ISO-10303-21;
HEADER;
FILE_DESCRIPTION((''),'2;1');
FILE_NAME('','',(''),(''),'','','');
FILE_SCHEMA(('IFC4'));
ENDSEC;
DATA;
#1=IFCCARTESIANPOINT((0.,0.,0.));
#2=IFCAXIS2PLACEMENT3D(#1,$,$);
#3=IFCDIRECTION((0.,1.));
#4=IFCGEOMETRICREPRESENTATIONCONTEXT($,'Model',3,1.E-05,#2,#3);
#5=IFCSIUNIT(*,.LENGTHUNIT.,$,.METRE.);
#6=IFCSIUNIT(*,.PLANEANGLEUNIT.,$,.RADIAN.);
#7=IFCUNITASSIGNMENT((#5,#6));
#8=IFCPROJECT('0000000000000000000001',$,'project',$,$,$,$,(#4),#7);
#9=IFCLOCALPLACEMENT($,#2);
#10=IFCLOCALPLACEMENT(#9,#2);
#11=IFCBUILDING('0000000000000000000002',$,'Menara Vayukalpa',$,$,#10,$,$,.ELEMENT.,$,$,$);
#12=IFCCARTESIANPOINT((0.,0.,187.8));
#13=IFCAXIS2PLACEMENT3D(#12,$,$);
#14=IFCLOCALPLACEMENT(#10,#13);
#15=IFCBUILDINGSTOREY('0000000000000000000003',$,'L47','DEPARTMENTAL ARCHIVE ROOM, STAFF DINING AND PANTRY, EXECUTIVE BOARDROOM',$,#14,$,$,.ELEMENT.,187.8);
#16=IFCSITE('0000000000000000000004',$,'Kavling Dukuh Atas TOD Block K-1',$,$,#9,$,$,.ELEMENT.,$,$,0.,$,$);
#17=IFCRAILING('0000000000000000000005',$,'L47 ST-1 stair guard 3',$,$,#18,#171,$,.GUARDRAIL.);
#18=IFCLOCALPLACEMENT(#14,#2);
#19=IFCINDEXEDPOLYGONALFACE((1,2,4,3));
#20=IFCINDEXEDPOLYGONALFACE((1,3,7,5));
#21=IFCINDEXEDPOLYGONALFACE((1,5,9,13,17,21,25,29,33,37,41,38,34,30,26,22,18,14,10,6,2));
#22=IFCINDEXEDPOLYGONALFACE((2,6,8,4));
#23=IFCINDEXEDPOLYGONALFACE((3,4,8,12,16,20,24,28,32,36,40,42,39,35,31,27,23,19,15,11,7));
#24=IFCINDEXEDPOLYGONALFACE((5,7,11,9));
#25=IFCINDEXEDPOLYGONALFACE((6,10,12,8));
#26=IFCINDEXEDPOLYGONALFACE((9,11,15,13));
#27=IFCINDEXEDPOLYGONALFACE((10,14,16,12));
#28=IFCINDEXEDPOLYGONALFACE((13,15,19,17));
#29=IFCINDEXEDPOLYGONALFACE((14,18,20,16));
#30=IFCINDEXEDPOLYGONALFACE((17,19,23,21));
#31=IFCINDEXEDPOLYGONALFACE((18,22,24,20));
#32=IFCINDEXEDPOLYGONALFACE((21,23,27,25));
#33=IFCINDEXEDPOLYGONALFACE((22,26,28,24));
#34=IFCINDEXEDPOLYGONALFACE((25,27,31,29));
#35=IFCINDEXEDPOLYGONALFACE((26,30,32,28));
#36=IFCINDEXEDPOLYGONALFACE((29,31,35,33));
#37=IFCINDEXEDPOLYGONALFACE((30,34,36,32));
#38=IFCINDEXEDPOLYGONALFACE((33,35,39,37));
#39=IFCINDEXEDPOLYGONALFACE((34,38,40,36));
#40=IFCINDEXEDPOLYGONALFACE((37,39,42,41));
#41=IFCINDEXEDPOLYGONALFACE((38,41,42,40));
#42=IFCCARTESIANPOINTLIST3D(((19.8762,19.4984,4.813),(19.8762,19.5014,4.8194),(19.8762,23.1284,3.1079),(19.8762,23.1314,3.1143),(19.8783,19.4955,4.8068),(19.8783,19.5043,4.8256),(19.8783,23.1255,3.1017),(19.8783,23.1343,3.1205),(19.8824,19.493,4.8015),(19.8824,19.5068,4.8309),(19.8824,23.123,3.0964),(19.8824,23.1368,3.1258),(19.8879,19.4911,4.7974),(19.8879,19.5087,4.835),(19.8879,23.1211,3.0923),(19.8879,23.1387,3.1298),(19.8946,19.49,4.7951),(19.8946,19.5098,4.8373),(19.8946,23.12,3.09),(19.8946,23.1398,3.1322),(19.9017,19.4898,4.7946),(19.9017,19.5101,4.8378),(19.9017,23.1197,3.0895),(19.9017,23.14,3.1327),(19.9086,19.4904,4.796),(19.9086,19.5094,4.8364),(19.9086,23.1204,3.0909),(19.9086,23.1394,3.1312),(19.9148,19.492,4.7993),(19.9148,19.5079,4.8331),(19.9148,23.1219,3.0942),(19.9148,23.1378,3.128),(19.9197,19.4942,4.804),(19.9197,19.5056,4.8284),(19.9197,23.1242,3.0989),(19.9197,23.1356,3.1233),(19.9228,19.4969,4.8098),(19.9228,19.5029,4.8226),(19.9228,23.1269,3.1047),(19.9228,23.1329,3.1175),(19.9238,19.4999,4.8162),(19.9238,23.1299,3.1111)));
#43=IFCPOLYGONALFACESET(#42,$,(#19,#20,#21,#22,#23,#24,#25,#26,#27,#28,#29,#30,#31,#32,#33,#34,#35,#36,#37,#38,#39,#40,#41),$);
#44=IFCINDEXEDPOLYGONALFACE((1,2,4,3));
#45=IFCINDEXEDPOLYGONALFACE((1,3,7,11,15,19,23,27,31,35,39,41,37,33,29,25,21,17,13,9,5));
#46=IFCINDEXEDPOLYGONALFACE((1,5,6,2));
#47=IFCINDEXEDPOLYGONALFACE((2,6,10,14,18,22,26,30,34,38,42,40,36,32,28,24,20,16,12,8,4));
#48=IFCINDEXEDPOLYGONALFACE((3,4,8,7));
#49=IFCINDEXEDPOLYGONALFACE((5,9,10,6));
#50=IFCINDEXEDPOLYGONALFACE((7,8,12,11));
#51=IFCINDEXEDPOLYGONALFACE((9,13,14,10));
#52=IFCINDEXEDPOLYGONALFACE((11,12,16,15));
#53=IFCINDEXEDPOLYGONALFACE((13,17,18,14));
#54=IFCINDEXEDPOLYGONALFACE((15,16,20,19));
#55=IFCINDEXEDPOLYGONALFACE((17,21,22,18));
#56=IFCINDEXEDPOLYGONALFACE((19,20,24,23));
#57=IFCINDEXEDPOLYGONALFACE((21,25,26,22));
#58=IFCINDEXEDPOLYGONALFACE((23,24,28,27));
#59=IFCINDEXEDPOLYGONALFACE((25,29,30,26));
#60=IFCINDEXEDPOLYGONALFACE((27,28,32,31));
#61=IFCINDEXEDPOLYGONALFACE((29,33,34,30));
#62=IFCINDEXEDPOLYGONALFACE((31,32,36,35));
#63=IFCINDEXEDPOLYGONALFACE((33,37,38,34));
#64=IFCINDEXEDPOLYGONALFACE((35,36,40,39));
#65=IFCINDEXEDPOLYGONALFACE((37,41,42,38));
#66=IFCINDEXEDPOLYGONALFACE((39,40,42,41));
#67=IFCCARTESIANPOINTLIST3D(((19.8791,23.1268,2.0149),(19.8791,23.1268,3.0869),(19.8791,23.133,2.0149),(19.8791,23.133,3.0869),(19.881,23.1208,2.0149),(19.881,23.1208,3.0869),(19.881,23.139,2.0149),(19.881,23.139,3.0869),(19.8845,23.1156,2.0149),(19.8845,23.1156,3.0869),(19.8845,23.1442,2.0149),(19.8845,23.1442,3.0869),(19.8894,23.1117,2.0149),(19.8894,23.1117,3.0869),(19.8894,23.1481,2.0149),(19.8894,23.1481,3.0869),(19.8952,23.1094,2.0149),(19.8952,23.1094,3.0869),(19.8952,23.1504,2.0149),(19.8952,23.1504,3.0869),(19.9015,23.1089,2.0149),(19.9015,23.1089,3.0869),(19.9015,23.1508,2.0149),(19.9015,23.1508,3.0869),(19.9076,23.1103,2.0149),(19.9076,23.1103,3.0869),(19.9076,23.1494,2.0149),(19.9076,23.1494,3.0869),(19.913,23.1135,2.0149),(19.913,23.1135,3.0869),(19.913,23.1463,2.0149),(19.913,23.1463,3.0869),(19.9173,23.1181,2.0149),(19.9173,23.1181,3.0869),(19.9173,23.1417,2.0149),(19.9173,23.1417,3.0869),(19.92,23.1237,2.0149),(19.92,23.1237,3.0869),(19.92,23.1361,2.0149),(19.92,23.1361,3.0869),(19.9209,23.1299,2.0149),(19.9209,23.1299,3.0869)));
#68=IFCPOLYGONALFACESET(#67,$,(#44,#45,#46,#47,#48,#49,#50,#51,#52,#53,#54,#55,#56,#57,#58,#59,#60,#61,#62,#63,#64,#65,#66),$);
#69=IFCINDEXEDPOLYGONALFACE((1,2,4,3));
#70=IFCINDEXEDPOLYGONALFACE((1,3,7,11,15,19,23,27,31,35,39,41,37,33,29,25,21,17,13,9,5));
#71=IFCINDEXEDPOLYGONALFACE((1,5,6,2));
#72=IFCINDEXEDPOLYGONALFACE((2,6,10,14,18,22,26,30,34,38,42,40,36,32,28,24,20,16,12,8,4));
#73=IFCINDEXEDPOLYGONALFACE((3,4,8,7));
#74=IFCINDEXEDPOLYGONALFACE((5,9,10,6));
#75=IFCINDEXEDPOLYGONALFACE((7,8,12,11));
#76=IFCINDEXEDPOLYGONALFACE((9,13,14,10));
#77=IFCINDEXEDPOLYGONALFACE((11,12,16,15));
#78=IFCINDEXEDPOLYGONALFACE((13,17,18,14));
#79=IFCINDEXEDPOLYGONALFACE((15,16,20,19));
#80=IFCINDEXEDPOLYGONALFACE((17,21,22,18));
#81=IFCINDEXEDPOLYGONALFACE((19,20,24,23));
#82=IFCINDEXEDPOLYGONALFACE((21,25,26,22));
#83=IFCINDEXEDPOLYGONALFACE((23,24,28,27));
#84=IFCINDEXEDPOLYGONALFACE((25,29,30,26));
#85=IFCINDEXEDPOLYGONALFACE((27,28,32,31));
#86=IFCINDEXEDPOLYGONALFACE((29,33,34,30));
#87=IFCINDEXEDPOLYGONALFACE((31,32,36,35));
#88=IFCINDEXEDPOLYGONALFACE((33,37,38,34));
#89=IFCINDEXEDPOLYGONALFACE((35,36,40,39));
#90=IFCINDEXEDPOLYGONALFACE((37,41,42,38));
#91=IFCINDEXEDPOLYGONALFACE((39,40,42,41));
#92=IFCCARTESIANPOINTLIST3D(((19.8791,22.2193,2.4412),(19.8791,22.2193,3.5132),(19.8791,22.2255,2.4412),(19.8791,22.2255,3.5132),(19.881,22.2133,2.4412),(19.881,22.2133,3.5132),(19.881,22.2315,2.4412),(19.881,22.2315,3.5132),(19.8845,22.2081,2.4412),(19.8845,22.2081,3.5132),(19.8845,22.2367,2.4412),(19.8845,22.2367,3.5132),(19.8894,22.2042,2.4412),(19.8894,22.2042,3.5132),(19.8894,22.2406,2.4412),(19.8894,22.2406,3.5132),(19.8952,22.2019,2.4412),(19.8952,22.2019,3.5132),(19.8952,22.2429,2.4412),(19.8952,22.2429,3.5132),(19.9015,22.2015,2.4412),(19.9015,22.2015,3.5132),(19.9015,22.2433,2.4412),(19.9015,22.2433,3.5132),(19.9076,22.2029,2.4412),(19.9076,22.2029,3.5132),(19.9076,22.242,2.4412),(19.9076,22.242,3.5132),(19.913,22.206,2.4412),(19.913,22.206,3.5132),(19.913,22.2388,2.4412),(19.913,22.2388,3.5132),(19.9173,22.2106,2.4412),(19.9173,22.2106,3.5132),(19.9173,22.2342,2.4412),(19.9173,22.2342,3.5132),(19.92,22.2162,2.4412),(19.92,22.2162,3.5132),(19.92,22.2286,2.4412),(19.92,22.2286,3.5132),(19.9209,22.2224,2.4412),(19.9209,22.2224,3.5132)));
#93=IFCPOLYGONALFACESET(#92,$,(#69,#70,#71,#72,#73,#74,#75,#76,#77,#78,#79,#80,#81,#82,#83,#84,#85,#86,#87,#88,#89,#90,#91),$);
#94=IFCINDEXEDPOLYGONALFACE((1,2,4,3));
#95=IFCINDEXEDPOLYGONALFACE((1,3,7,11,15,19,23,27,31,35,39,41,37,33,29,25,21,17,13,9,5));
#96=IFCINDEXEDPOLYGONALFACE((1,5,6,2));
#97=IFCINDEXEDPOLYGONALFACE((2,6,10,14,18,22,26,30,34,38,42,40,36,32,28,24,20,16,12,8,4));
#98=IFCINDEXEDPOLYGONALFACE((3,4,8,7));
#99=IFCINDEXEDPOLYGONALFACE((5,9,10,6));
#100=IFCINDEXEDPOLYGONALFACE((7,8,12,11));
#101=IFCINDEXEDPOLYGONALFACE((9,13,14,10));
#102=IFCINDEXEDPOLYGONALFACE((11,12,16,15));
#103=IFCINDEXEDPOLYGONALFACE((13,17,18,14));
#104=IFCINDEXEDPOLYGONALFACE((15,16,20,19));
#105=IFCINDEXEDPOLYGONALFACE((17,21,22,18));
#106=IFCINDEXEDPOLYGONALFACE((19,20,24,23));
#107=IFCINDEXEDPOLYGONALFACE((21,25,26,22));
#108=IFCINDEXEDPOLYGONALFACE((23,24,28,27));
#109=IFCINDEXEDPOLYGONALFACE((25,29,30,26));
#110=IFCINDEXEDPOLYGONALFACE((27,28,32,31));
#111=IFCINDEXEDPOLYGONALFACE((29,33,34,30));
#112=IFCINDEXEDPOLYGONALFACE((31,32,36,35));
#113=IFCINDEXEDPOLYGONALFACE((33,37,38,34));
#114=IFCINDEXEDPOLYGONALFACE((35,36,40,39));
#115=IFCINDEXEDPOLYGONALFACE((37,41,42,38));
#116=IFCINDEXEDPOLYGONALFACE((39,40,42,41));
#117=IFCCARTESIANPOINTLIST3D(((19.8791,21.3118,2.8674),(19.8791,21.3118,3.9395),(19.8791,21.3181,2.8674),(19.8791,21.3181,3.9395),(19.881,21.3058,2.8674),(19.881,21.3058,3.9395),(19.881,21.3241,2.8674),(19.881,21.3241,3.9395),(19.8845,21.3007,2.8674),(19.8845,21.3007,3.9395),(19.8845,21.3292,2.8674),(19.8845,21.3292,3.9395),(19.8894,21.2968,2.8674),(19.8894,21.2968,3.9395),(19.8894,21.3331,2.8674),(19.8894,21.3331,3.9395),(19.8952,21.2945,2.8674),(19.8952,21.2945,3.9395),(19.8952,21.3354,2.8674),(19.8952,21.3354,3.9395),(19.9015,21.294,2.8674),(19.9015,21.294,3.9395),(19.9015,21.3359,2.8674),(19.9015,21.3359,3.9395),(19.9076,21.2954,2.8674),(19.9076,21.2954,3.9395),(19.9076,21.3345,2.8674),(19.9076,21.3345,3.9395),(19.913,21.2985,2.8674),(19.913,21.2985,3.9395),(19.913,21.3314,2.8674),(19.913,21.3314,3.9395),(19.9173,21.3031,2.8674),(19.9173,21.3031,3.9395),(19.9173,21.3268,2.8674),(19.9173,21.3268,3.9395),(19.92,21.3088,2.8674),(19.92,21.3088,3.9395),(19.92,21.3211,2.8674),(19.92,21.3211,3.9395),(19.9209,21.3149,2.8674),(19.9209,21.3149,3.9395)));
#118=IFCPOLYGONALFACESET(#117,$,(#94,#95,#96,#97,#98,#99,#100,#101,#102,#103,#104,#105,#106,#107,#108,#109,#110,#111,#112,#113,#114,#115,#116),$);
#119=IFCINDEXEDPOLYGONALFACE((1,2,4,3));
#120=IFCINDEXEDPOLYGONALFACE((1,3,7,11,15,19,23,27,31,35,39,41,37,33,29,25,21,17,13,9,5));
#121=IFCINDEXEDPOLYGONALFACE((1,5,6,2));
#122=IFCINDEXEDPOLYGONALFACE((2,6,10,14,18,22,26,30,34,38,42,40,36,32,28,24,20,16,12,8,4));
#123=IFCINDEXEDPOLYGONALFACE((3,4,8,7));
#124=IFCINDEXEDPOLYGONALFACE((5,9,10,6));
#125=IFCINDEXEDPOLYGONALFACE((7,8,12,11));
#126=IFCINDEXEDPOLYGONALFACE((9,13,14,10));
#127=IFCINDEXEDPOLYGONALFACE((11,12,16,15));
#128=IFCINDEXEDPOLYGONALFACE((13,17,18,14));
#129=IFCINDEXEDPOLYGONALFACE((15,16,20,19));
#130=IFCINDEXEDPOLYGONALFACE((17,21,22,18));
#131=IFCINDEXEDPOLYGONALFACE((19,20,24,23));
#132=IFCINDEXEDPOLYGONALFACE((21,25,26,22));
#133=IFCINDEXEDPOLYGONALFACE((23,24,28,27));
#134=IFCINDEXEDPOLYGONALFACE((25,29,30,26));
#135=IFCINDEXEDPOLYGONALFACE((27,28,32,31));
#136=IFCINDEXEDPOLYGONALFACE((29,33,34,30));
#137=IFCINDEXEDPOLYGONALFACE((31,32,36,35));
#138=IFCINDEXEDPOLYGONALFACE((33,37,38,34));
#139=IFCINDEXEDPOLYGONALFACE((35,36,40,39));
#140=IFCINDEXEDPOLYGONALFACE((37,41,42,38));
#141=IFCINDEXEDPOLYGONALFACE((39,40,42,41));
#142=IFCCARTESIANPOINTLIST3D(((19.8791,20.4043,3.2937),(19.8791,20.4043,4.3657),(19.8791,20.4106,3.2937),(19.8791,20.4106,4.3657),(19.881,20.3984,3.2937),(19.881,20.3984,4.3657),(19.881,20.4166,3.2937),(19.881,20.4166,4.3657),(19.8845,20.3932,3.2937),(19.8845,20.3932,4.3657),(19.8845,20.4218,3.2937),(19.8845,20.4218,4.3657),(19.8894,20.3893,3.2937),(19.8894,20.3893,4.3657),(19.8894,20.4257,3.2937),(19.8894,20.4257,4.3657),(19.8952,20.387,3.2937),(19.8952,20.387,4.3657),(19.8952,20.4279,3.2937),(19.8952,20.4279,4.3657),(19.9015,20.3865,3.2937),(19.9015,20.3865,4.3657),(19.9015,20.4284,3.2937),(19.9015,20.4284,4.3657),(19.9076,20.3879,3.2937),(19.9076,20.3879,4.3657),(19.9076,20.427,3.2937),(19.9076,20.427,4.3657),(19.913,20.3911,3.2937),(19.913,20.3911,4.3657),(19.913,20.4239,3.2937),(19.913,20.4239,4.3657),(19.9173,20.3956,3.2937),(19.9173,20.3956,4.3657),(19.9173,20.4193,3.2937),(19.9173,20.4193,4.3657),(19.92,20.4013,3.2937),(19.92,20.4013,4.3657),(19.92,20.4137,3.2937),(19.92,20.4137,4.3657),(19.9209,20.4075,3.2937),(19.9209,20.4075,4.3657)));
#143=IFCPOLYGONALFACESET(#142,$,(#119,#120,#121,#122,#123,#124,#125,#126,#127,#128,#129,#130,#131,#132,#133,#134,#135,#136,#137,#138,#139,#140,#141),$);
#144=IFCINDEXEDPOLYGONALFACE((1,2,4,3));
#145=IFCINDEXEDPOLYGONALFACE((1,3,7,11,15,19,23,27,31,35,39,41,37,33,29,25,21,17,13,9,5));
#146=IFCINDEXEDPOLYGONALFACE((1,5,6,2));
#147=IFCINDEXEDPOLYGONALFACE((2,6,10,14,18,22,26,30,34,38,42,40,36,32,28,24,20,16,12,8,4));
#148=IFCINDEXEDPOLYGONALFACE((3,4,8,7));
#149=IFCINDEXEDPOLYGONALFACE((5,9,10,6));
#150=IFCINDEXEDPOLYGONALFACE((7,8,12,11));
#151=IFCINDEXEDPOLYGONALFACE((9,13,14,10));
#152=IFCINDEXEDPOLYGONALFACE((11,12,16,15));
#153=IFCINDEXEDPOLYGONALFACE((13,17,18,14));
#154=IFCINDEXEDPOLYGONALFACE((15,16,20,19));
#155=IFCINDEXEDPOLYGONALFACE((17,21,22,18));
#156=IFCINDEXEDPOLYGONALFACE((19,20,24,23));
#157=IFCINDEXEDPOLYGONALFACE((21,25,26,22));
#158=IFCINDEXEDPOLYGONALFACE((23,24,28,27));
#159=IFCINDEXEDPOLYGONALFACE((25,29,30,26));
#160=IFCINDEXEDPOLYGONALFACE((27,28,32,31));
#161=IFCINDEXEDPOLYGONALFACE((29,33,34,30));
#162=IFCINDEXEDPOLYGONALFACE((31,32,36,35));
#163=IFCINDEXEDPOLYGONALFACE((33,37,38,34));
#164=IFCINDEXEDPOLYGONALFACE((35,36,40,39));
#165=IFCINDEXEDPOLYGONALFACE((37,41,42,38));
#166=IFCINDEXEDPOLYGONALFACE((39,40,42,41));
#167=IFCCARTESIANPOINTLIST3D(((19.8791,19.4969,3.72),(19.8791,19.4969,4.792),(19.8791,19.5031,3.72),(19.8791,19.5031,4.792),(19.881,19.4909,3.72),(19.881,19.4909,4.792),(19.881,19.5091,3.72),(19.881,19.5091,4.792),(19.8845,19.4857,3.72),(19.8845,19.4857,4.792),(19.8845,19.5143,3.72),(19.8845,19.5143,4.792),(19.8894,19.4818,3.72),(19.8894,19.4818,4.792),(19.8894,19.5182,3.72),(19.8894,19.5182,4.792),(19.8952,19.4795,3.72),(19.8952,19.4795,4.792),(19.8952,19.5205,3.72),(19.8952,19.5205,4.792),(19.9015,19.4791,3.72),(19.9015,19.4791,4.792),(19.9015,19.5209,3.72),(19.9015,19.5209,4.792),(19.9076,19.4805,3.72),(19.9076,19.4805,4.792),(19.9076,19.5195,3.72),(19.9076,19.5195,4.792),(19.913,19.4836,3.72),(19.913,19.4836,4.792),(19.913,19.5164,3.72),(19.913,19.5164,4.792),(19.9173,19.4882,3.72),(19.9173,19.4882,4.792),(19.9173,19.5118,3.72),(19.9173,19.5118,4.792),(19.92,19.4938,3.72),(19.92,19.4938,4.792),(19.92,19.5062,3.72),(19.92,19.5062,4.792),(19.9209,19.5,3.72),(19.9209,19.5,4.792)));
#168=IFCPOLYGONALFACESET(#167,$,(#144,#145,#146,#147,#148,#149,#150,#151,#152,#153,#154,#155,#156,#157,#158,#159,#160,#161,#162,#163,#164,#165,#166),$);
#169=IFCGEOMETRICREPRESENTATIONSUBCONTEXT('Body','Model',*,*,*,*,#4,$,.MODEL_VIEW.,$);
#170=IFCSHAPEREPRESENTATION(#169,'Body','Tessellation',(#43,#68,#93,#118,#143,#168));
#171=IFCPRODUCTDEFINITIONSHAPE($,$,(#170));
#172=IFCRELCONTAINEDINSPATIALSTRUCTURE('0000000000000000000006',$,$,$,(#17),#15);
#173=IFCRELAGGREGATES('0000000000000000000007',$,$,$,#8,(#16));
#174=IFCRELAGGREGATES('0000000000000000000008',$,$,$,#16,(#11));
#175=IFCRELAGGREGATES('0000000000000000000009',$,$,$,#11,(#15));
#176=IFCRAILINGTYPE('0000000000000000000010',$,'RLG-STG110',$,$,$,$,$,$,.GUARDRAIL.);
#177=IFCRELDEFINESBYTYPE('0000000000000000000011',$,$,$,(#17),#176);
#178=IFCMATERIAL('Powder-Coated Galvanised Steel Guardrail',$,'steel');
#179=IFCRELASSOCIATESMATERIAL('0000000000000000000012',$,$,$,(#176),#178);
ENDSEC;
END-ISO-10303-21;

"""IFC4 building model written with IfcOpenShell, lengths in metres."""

from ifc_helpers import new_model, si_unit, direction, frame, origin, origin_2d, place, context, subcontext, project, spatial, circle, extrude, material, type_object, element, save


model = new_model("IFC4")

# Units and contexts
model_context = context("Model", 3, precision=1e-05, world=origin(), true_north=direction((0.0, 1.0)))
body_context = subcontext(model_context, "Body", "Model", "MODEL_VIEW")
ifc_project = project(units=[si_unit("LENGTHUNIT", "METRE"), si_unit("PLANEANGLEUNIT", "RADIAN")], contexts=[model_context])

# Site, building, storey
site_placement = place(None, origin())
site = spatial("IfcSite", under=ifc_project, at=site_placement, Name="Kavling Dukuh Atas TOD Block K-1", CompositionType="ELEMENT", RefElevation=0.0)
building_placement = place(site_placement, origin())
building = spatial("IfcBuilding", under=site, at=building_placement, Name="Menara Vayukalpa", CompositionType="ELEMENT")
storey_placement = place(building_placement, frame((0.0, 0.0, 187.8)))
storey = spatial("IfcBuildingStorey", under=building, at=storey_placement, Name="L47", Description="DEPARTMENTAL ARCHIVE ROOM, STAFF DINING AND PANTRY, EXECUTIVE BOARDROOM", CompositionType="ELEMENT", Elevation=187.8)

# Railing
ifc_material_1 = material(Name="Powder-Coated Galvanised Steel Guardrail", Category="steel")
railing_type_1 = type_object("IfcRailingType", Name="RLG-STG110", PredefinedType="GUARDRAIL", material=ifc_material_1)
railing_1_placement = place(storey_placement, frame((19.8999, 23.1299, 2.0149)))
element("IfcRailing", 1, at=railing_1_placement, inside=storey, type_object=railing_type_1, Name="L47 ST-1 stair guard 3", PredefinedType="GUARDRAIL", context=body_context, shape_type="SweptSolid", body=[
    extrude(circle(Radius=0.0239, at=origin_2d()), frame((0.0, 0.0, 1.0962), z_axis=(0.0, -0.905116, 0.425164), x_axis=(1.0, 0.0, 0.0)), (0.0, 0.0, 1.0), 4.0105),
    extrude(circle(Radius=0.021, at=origin_2d()), origin(), (0.0, 0.0, 1.0), 1.072),
    extrude(circle(Radius=0.021, at=origin_2d()), frame((0.0, -0.9075, 0.4263)), (0.0, 0.0, 1.0), 1.072),
    extrude(circle(Radius=0.021, at=origin_2d()), frame((0.0, -1.8149, 0.8525)), (0.0, 0.0, 1.0), 1.072),
    extrude(circle(Radius=0.021, at=origin_2d()), frame((0.0, -2.7224, 1.2788)), (0.0, 0.0, 1.0), 1.072),
    extrude(circle(Radius=0.021, at=origin_2d()), frame((0.0, -3.6299, 1.7051)), (0.0, 0.0, 1.0), 1.072),
])

save(model, "model.ifc")
